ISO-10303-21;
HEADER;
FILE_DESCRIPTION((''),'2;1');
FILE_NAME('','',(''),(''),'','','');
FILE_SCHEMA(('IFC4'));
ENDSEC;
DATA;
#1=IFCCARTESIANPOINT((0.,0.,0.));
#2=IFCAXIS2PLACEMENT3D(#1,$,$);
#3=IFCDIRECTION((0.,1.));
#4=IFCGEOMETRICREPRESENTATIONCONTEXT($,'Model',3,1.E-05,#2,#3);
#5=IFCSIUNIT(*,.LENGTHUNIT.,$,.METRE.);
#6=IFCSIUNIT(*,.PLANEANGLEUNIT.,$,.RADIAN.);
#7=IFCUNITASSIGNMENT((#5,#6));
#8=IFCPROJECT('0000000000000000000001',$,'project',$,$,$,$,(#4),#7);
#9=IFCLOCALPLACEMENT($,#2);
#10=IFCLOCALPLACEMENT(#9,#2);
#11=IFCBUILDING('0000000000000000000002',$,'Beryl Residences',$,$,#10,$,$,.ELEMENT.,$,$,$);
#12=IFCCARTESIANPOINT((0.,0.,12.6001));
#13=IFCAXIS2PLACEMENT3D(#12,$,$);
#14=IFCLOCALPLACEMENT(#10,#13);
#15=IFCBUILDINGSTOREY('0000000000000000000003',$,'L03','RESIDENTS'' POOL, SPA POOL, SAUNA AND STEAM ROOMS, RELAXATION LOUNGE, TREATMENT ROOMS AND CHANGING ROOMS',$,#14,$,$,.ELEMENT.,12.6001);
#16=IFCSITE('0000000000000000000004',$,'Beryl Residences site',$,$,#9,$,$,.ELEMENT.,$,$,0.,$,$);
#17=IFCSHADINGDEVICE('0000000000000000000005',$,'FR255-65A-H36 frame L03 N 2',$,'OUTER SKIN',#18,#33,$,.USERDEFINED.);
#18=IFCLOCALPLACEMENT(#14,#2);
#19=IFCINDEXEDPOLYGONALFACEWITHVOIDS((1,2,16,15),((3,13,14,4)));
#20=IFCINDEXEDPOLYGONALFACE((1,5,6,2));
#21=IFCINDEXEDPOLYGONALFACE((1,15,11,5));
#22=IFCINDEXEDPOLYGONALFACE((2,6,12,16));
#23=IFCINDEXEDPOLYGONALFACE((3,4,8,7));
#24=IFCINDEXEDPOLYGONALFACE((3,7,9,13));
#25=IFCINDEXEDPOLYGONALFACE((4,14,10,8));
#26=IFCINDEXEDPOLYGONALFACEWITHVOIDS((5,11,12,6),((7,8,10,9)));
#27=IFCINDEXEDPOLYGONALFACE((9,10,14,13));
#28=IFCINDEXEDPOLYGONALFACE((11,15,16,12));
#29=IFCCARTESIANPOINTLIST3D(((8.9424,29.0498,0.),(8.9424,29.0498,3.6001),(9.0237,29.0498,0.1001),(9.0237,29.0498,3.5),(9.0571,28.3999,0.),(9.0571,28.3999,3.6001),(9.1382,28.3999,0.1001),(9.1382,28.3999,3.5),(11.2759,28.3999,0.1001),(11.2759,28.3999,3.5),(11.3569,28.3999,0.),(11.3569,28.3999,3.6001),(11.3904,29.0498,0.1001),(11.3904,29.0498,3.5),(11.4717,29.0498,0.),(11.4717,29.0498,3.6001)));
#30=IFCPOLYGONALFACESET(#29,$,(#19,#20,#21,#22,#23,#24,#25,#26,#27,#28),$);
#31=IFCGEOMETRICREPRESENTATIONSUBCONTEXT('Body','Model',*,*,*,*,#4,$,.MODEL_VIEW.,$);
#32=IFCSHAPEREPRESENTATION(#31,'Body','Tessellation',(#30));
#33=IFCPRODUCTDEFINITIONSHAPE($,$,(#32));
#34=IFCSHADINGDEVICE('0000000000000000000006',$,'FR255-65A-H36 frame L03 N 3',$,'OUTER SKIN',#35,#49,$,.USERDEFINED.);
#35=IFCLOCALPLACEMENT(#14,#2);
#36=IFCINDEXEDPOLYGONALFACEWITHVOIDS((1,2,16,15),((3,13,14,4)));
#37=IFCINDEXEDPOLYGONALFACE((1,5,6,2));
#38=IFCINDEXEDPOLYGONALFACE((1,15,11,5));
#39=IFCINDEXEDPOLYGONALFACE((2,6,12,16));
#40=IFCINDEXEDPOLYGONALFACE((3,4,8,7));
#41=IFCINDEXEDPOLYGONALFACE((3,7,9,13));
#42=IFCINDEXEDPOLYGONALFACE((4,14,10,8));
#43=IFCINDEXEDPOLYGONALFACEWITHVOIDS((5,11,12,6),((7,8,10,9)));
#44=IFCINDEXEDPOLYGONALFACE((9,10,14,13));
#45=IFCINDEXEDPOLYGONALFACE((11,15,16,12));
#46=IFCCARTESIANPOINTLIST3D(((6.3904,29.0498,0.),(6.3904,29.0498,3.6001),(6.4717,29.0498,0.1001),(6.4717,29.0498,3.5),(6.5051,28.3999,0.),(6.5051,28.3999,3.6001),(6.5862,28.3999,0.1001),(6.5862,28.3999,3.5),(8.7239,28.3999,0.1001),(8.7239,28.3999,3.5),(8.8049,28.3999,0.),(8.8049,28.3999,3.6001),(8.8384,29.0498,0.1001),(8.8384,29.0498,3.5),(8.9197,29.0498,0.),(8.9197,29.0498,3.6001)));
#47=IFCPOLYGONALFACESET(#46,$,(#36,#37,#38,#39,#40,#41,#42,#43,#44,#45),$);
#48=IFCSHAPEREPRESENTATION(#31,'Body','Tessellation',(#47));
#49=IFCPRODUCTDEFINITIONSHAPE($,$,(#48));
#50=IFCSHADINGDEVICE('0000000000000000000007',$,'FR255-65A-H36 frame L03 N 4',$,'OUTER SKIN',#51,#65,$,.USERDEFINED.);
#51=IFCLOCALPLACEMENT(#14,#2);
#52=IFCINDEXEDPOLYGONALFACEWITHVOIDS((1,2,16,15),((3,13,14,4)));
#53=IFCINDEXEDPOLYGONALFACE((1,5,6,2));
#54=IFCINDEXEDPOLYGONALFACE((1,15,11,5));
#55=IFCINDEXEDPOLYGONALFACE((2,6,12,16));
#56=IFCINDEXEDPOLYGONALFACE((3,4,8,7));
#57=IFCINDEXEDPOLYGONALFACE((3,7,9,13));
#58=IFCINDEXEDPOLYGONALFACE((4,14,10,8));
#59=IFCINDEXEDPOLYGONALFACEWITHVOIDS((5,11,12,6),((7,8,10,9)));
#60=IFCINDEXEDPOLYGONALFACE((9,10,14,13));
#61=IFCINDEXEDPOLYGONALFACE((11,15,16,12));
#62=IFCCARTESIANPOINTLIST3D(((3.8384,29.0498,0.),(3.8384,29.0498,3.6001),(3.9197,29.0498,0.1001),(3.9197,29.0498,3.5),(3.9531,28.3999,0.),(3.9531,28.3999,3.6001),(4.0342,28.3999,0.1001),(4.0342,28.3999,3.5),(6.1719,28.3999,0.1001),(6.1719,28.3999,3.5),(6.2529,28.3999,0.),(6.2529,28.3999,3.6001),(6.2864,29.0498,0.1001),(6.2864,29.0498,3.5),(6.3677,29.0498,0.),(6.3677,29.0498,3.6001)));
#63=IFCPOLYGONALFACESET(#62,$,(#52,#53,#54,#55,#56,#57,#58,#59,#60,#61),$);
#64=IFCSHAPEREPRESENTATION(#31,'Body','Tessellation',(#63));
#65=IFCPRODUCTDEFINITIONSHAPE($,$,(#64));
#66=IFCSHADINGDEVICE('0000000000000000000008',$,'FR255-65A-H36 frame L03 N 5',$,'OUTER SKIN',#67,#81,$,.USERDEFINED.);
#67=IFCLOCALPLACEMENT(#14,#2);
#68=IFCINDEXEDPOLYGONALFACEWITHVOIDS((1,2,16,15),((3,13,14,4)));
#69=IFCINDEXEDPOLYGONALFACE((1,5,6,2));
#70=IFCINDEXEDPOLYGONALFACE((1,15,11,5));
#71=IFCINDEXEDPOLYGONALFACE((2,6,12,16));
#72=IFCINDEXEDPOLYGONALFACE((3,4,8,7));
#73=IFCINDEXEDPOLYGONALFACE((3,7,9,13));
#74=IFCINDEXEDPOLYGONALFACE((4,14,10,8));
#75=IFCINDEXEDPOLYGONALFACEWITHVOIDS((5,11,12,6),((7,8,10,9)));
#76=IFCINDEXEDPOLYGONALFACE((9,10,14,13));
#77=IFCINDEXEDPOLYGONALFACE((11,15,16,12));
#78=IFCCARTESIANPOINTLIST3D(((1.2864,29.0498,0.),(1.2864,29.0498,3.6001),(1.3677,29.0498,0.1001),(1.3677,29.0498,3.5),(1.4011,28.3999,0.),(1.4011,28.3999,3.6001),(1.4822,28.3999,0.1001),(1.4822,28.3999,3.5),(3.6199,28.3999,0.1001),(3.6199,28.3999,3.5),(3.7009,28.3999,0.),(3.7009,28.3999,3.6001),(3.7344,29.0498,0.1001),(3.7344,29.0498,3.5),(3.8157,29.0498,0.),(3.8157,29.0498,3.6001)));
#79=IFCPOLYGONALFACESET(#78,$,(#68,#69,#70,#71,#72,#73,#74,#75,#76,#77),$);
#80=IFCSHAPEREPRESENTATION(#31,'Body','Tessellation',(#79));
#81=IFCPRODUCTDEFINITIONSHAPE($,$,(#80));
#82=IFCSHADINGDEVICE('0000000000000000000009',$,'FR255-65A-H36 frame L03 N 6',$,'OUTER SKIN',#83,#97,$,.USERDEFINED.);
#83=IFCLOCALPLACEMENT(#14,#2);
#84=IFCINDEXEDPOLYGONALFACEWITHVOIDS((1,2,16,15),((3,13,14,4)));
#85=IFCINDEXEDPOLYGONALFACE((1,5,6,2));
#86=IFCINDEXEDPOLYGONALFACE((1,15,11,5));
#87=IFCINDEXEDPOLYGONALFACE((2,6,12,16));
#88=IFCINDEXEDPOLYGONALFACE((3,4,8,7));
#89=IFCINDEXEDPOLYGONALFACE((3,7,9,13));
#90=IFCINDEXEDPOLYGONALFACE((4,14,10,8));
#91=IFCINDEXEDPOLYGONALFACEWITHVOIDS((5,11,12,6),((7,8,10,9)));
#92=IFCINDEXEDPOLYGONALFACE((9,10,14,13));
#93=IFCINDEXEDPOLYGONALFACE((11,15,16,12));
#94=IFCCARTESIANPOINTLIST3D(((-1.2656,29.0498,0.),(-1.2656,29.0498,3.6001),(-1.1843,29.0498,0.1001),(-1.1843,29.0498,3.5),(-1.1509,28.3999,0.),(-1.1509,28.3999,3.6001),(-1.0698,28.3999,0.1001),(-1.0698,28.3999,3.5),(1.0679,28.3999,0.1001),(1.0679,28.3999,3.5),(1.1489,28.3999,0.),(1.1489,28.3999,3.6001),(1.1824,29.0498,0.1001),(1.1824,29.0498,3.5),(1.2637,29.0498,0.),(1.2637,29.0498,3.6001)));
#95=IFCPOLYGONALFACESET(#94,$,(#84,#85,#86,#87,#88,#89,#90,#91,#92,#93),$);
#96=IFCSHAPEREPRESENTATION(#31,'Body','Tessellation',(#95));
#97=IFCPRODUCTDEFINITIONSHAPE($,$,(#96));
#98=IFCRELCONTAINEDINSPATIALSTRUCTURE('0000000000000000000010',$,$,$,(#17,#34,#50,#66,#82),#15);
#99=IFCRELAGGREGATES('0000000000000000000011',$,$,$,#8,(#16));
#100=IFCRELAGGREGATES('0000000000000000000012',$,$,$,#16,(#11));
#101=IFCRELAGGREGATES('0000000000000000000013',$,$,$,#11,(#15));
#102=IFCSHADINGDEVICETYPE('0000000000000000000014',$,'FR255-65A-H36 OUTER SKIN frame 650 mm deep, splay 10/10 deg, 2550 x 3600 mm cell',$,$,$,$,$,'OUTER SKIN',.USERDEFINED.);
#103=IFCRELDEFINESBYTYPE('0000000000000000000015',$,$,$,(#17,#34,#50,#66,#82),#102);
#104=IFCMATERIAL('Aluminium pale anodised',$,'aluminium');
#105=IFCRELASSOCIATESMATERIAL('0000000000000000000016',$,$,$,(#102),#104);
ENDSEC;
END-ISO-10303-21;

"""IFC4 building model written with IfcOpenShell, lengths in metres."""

from ifc_helpers import new_model, entity, si_unit, direction, frame, origin, place, context, subcontext, project, spatial, source, transform, mapped, material, type_object, type_shapes, element, save


model = new_model("IFC4")

# Units and contexts
model_context = context("Model", 3, precision=1e-05, world=origin(), true_north=direction((0.0, 1.0)))
body_context = subcontext(model_context, "Body", "Model", "MODEL_VIEW")
ifc_project = project(units=[si_unit("LENGTHUNIT", "METRE"), si_unit("PLANEANGLEUNIT", "RADIAN")], contexts=[model_context])

# Site, building, storey
site_placement = place(None, origin())
site = spatial("IfcSite", under=ifc_project, at=site_placement, Name="Beryl Residences site", CompositionType="ELEMENT", RefElevation=0.0)
building_placement = place(site_placement, origin())
building = spatial("IfcBuilding", under=site, at=building_placement, Name="Beryl Residences", CompositionType="ELEMENT")
storey_placement = place(building_placement, frame((0.0, 0.0, 12.6001)))
storey = spatial("IfcBuildingStorey", under=building, at=storey_placement, Name="L03", Description="RESIDENTS' POOL, SPA POOL, SAUNA AND STEAM ROOMS, RELAXATION LOUNGE, TREATMENT ROOMS AND CHANGING ROOMS", CompositionType="ELEMENT", Elevation=12.6001)

# Shading devices
ifc_material_1 = material(Name="Aluminium pale anodised", Category="aluminium")
shading_device_type_1 = type_object("IfcShadingDeviceType", Name="FR255-65A-H36 OUTER SKIN frame 650 mm deep, splay 10/10 deg, 2550 x 3600 mm cell", ElementType="OUTER SKIN", PredefinedType="USERDEFINED", material=ifc_material_1)
cartesian_point_1 = entity("IfcCartesianPoint", [-1.1499, 0.0])
cartesian_point_2 = entity("IfcCartesianPoint", [-1.0688, 0.1001])
cartesian_point_3 = entity("IfcCartesianPoint", [-1.2646, 0.0])
cartesian_point_4 = entity("IfcCartesianPoint", [-1.1833, 0.1001])
shared_shape_1 = source(origin(), body_context, "Body", "SweptSolid", [
    entity("IfcExtrudedAreaSolidTapered", entity("IfcArbitraryProfileDefWithVoids", "AREA", None, entity("IfcPolyline", [cartesian_point_1, entity("IfcCartesianPoint", [1.1499, 0.0]), entity("IfcCartesianPoint", [1.1499, 3.6001]), entity("IfcCartesianPoint", [-1.1499, 3.6001]), cartesian_point_1]), [entity("IfcPolyline", [cartesian_point_2, entity("IfcCartesianPoint", [1.0688, 0.1001]), entity("IfcCartesianPoint", [1.0688, 3.5]), entity("IfcCartesianPoint", [-1.0688, 3.5]), cartesian_point_2])]), entity("IfcAxis2Placement3D", entity("IfcCartesianPoint", [0.0, 0.0, 0.0]), entity("IfcDirection", [0.0, 1.0, 0.0]), entity("IfcDirection", [-1.0, 0.0, 0.0])), entity("IfcDirection", [0.0, 0.0, 1.0]), 0.6499, entity("IfcArbitraryProfileDefWithVoids", "AREA", None, entity("IfcPolyline", [cartesian_point_3, entity("IfcCartesianPoint", [1.2646, 0.0]), entity("IfcCartesianPoint", [1.2646, 3.6001]), entity("IfcCartesianPoint", [-1.2646, 3.6001]), cartesian_point_3]), [entity("IfcPolyline", [cartesian_point_4, entity("IfcCartesianPoint", [1.1833, 0.1001]), entity("IfcCartesianPoint", [1.1833, 3.5]), entity("IfcCartesianPoint", [-1.1833, 3.5]), cartesian_point_4])])),
])
type_shapes(shading_device_type_1, [shared_shape_1])
for number, where, z_axis, x_axis, name in (
    (1, (10.207, 28.3999, 0.0), (0.0, 0.0, 1.0), (1.0, 0.0, 0.0), "FR255-65A-H36 frame L03 N 2"),
    (2, (7.655, 28.3999, 0.0), (0.0, 0.0, 1.0), (1.0, 0.0, 0.0), "FR255-65A-H36 frame L03 N 3"),
    (3, (5.103, 28.3999, 0.0), (0.0, 0.0, 1.0), (1.0, 0.0, 0.0), "FR255-65A-H36 frame L03 N 4"),
    (4, (2.551, 28.3999, 0.0), (0.0, 0.0, 1.0), (1.0, 0.0, 0.0), "FR255-65A-H36 frame L03 N 5"),
    (5, (-0.001, 28.3999, 0.0), (0.0, 0.0, 1.0), (1.0, 0.0, 0.0), "FR255-65A-H36 frame L03 N 6"),
):
    element("IfcShadingDevice", number, at=place(storey_placement, frame(where, z_axis=z_axis, x_axis=x_axis)), inside=storey, type_object=shading_device_type_1, Name=name, ObjectType="OUTER SKIN", PredefinedType="USERDEFINED", context=body_context, shape_type="MappedRepresentation", body=[
        mapped(shared_shape_1, transform((0.0, 0.0, 0.0))),
    ])

save(model, "model.ifc")
